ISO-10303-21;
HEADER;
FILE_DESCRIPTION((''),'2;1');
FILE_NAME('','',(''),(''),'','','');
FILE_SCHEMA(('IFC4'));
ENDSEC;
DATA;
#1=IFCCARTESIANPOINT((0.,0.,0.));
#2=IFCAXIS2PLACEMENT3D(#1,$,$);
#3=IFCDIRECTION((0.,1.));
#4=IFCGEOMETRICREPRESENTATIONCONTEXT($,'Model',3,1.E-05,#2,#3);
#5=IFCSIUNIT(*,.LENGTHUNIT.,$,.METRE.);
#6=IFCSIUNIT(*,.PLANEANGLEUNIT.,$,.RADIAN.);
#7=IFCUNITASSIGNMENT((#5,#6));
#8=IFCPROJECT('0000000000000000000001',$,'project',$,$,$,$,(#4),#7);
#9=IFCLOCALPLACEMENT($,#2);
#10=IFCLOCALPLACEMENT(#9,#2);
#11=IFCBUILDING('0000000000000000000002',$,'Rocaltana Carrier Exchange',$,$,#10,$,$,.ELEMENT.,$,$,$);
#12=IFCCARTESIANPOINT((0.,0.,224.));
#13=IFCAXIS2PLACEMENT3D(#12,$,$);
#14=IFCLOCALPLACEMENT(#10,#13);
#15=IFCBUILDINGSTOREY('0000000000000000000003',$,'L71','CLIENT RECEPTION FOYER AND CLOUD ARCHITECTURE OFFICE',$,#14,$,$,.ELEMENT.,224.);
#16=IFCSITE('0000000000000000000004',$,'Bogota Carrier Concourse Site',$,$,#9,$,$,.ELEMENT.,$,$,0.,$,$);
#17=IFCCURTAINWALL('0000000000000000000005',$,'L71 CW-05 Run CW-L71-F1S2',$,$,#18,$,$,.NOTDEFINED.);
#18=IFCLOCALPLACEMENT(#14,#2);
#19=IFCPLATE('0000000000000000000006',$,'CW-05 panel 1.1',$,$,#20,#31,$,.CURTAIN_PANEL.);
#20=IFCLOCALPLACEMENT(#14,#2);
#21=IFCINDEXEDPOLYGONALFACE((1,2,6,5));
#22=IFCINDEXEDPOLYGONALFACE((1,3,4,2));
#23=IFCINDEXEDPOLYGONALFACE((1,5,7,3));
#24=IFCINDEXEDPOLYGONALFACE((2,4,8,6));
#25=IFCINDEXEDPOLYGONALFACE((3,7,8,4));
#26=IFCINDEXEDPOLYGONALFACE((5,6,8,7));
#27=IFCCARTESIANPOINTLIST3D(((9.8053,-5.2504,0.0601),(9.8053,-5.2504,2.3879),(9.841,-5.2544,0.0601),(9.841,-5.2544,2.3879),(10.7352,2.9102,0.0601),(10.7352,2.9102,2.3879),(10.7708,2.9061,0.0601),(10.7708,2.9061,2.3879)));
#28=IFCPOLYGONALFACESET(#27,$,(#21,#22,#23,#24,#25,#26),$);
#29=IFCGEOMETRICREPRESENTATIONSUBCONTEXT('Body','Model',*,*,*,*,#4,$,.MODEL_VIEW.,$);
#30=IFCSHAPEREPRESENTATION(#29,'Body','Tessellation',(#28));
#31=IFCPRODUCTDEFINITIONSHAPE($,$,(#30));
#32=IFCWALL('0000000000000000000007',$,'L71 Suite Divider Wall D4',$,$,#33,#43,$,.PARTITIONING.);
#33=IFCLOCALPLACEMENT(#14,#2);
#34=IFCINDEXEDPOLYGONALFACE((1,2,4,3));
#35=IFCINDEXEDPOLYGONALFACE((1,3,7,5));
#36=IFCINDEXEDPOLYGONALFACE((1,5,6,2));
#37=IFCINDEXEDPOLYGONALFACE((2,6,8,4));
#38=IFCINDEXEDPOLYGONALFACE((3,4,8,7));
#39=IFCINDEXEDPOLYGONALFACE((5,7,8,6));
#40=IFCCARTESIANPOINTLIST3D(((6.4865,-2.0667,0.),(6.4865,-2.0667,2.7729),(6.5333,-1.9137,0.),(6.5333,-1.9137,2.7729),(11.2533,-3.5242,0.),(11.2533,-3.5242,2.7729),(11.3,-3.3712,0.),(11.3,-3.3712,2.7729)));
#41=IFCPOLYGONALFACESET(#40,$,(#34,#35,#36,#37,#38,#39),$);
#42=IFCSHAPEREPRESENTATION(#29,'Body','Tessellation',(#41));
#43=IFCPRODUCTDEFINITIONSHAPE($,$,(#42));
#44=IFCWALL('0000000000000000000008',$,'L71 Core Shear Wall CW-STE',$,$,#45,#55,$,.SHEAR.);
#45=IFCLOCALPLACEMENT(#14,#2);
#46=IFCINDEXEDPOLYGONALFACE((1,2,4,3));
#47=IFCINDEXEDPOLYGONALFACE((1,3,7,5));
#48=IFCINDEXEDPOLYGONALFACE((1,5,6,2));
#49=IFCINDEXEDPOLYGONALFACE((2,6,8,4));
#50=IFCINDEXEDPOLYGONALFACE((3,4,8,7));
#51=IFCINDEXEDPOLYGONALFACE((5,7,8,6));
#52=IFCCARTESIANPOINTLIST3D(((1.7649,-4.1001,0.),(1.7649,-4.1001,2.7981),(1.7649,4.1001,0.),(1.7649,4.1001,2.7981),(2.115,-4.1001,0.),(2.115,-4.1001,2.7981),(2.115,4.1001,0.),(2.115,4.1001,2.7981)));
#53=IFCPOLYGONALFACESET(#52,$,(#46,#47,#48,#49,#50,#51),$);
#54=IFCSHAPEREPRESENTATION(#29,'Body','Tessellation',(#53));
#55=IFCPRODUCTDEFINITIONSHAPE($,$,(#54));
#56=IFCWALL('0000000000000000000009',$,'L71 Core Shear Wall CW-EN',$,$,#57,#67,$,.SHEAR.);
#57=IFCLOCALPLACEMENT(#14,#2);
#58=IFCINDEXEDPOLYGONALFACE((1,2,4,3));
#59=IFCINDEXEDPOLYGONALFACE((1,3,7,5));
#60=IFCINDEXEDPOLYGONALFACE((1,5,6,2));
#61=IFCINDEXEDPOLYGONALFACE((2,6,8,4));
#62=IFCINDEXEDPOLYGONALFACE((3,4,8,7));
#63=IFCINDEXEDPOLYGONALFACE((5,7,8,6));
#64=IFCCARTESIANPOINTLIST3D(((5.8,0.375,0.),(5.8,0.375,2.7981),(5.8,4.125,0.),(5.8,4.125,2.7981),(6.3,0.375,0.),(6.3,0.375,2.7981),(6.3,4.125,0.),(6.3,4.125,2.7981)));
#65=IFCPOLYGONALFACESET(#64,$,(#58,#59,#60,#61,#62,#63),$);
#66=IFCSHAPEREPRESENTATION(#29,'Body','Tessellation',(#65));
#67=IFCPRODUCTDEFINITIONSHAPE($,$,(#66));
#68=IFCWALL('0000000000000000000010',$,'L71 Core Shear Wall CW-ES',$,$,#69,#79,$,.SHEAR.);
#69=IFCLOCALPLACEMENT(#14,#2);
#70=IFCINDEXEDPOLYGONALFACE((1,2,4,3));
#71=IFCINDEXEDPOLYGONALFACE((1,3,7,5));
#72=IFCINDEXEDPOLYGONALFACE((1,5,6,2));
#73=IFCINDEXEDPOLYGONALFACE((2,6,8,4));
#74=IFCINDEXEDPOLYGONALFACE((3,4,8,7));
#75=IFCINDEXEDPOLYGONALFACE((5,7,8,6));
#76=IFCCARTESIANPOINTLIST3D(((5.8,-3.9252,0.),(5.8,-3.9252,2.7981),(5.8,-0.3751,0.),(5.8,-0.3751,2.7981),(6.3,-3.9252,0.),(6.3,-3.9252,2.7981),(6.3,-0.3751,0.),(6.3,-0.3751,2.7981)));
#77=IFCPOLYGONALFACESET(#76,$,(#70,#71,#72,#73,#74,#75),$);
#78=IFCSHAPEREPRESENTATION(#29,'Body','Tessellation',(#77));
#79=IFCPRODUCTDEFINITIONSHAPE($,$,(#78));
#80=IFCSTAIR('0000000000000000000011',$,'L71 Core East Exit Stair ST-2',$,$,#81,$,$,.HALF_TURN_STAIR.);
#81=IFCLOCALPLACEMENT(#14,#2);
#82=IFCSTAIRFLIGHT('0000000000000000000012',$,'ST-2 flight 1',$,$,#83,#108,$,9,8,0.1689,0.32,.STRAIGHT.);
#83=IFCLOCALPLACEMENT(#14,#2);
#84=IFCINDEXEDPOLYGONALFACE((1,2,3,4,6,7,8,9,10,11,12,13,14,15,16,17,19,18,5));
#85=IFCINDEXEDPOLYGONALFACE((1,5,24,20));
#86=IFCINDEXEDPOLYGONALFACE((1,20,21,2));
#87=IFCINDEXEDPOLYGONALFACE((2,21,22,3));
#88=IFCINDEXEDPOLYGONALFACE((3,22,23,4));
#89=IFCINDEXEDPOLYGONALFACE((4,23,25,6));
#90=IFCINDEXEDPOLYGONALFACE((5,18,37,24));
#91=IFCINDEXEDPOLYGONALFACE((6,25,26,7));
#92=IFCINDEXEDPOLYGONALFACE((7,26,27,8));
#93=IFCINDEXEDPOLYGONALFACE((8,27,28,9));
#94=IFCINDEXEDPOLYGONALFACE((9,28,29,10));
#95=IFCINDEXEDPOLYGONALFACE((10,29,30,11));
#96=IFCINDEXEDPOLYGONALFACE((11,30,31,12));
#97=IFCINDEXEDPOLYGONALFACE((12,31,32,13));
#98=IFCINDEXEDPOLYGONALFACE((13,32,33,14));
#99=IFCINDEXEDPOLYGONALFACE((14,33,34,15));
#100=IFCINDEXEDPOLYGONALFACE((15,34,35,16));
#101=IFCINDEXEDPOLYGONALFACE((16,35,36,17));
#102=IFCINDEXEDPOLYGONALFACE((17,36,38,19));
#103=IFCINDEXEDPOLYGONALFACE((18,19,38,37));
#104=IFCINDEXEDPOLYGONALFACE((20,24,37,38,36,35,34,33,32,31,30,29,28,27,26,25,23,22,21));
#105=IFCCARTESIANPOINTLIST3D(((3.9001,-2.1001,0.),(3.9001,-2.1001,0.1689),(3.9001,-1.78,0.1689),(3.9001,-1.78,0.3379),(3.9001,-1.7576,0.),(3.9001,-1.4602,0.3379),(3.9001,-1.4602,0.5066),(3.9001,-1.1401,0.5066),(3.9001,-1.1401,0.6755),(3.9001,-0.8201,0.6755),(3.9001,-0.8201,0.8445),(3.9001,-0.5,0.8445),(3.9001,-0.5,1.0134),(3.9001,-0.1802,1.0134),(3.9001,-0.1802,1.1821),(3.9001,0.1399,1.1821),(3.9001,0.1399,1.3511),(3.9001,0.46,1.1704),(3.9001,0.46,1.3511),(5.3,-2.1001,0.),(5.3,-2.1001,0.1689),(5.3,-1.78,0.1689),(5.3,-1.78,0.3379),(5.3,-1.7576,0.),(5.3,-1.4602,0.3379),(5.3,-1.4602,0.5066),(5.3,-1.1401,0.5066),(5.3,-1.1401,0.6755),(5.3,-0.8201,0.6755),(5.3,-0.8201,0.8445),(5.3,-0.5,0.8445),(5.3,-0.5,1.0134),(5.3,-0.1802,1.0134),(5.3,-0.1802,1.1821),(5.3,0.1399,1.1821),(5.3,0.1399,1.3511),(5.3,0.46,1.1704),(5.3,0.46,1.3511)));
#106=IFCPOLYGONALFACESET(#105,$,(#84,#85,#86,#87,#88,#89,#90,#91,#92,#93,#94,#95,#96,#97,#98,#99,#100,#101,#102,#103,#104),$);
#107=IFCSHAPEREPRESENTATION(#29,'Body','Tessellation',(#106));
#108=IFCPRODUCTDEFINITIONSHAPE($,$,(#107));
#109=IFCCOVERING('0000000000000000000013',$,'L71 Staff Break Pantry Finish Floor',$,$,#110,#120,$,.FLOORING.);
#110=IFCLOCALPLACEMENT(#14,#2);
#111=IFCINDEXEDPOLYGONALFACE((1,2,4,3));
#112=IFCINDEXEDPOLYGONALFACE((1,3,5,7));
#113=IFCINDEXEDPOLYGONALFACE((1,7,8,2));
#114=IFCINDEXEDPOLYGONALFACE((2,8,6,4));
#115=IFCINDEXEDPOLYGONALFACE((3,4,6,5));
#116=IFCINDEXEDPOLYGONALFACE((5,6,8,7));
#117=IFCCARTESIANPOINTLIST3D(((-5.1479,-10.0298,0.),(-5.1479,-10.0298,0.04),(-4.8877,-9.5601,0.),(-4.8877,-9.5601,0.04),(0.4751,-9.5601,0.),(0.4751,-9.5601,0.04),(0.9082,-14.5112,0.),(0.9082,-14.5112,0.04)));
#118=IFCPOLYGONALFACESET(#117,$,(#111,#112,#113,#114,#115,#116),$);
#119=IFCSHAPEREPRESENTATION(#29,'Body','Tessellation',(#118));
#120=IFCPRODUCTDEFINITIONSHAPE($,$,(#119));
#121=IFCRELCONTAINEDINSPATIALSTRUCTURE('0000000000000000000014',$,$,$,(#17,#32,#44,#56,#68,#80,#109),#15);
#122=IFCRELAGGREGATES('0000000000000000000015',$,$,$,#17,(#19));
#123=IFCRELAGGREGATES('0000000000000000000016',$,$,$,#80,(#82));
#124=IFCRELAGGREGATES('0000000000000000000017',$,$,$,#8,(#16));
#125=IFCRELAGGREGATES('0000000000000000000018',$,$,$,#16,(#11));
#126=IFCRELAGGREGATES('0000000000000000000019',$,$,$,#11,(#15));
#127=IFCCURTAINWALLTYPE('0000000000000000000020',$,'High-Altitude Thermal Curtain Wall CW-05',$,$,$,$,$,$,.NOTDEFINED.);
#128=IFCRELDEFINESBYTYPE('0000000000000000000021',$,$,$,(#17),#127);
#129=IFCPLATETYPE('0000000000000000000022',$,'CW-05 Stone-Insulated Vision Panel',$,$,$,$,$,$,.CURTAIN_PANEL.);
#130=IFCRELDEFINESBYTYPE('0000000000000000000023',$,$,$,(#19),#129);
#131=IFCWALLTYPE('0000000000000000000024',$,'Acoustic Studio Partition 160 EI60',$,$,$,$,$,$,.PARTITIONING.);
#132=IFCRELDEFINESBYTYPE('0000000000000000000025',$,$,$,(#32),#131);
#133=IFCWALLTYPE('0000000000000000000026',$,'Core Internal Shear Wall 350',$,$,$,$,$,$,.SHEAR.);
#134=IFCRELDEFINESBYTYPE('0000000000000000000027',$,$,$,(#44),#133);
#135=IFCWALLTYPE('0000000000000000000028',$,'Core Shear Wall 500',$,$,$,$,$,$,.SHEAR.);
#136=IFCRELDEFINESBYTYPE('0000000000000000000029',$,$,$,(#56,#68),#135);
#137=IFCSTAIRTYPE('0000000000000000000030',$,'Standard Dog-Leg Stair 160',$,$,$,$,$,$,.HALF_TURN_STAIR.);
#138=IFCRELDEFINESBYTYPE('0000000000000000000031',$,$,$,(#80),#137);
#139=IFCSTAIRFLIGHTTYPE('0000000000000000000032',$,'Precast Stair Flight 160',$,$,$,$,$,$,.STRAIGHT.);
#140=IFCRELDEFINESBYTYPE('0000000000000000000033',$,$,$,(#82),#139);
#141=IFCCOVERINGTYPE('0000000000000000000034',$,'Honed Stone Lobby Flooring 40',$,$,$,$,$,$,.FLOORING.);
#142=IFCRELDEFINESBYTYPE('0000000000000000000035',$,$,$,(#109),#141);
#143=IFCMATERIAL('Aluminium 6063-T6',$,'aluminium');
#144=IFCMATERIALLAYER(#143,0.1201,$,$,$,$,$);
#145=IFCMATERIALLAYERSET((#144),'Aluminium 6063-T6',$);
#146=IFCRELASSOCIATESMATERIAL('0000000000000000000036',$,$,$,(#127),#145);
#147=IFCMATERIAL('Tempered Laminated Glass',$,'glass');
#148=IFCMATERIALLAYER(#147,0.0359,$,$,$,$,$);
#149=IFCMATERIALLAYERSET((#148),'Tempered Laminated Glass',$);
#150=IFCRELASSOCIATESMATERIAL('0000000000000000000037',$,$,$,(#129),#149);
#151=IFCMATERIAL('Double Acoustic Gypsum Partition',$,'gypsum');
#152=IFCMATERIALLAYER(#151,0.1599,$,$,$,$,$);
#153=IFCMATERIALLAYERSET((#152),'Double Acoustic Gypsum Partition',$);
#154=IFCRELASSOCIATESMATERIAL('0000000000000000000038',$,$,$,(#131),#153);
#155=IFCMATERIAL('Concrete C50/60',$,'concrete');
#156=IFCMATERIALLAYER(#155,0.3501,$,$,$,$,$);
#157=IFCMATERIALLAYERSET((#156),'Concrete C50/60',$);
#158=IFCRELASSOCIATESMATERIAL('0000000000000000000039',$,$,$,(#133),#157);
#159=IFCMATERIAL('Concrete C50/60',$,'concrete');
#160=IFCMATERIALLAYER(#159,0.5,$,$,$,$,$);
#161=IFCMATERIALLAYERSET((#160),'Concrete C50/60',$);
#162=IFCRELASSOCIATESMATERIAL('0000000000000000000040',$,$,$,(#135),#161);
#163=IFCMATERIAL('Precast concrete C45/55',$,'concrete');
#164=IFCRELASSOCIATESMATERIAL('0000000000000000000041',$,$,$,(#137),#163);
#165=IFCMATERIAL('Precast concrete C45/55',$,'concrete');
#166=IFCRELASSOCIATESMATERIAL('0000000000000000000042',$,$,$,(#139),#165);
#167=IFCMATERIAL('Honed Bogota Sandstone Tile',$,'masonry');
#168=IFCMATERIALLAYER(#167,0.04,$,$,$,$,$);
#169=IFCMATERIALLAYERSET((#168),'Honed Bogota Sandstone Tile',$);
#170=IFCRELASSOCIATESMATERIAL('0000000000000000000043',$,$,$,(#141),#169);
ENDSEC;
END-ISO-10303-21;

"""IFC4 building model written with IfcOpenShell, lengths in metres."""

from ifc_helpers import new_model, si_unit, direction, frame, frame_2d, origin, origin_2d, place, context, subcontext, project, spatial, polyline, rectangle, outline, extrude, material, layer, layer_set, type_object, element, aggregate, save


model = new_model("IFC4")

# Units and contexts
model_context = context("Model", 3, precision=1e-05, world=origin(), true_north=direction((0.0, 1.0)))
body_context = subcontext(model_context, "Body", "Model", "MODEL_VIEW")
ifc_project = project(units=[si_unit("LENGTHUNIT", "METRE"), si_unit("PLANEANGLEUNIT", "RADIAN")], contexts=[model_context])

# Site, building, storey
site_placement = place(None, origin())
site = spatial("IfcSite", under=ifc_project, at=site_placement, Name="Bogota Carrier Concourse Site", CompositionType="ELEMENT", RefElevation=0.0)
building_placement = place(site_placement, origin())
building = spatial("IfcBuilding", under=site, at=building_placement, Name="Rocaltana Carrier Exchange", CompositionType="ELEMENT")
storey_placement = place(building_placement, frame((0.0, 0.0, 224.0)))
storey = spatial("IfcBuildingStorey", under=building, at=storey_placement, Name="L71", Description="CLIENT RECEPTION FOYER AND CLOUD ARCHITECTURE OFFICE", CompositionType="ELEMENT", Elevation=224.0)

# Curtain wall
ifc_material_1 = material(Name="Aluminium 6063-T6", Category="aluminium")
ifc_layer_1 = layer(ifc_material_1, 0.1201)
ifc_layer_set_1 = layer_set([ifc_layer_1], Name="Aluminium 6063-T6")
curtain_wall_type = type_object("IfcCurtainWallType", Name="High-Altitude Thermal Curtain Wall CW-05", PredefinedType="NOTDEFINED", material=ifc_layer_set_1)
curtain_wall_placement = place(storey_placement, origin())
curtain_wall = element("IfcCurtainWall", 1, at=curtain_wall_placement, inside=storey, type_object=curtain_wall_type, Name="L71 CW-05 Run CW-L71-F1S2", PredefinedType="NOTDEFINED")

# Plate
ifc_material_2 = material(Name="Tempered Laminated Glass", Category="glass")
ifc_layer_2 = layer(ifc_material_2, 0.0359)
ifc_layer_set_2 = layer_set([ifc_layer_2], Name="Tempered Laminated Glass")
plate_type = type_object("IfcPlateType", Name="CW-05 Stone-Insulated Vision Panel", PredefinedType="CURTAIN_PANEL", material=ifc_layer_set_2)
plate_placement = place(storey_placement, frame((10.2881, -1.1721, 0.0601), z_axis=(0.0, 0.0, 1.0), x_axis=(0.113209, 0.993571, 0.0)))
plate = element("IfcPlate", 2, at=plate_placement, type_object=plate_type, Name="CW-05 panel 1.1", PredefinedType="CURTAIN_PANEL", context=body_context, shape_type="SweptSolid", body=[
    extrude(rectangle(XDim=8.2134, YDim=0.0359, at=origin_2d()), origin(), (0.0, 0.0, 1.0), 2.3279),
])
aggregate(curtain_wall, [plate])

# Walls
ifc_material_3 = material(Name="Double Acoustic Gypsum Partition", Category="gypsum")
ifc_layer_3 = layer(ifc_material_3, 0.1599)
ifc_layer_set_3 = layer_set([ifc_layer_3], Name="Double Acoustic Gypsum Partition")
wall_type_1 = type_object("IfcWallType", Name="Acoustic Studio Partition 160 EI60", PredefinedType="PARTITIONING", material=ifc_layer_set_3)
wall_1_placement = place(storey_placement, frame((6.51, -1.9902, 0.0), z_axis=(0.0, 0.0, 1.0), x_axis=(0.956296, -0.292399, 0.0)))
element("IfcWall", 3, at=wall_1_placement, inside=storey, type_object=wall_type_1, Name="L71 Suite Divider Wall D4", PredefinedType="PARTITIONING", context=body_context, shape_type="SweptSolid", body=[
    extrude(rectangle(XDim=4.9846, YDim=0.1599, at=frame_2d((2.4922, 0.0))), origin(), (0.0, 0.0, 1.0), 2.7729),
])
ifc_material_4 = material(Name="Concrete C50/60", Category="concrete")
ifc_layer_4 = layer(ifc_material_4, 0.3501)
ifc_layer_set_4 = layer_set([ifc_layer_4], Name="Concrete C50/60")
wall_type_2 = type_object("IfcWallType", Name="Core Internal Shear Wall 350", PredefinedType="SHEAR", material=ifc_layer_set_4)
wall_2_placement = place(storey_placement, frame((1.9399, -4.1001, 0.0), z_axis=(0.0, 0.0, 1.0), x_axis=(0.0, 1.0, 0.0)))
element("IfcWall", 4, at=wall_2_placement, inside=storey, type_object=wall_type_2, Name="L71 Core Shear Wall CW-STE", PredefinedType="SHEAR", context=body_context, shape_type="SweptSolid", body=[
    extrude(rectangle(XDim=8.2002, YDim=0.3501, at=frame_2d((4.1001, 0.0))), origin(), (0.0, 0.0, 1.0), 2.7981),
])
ifc_material_5 = material(Name="Concrete C50/60", Category="concrete")
ifc_layer_5 = layer(ifc_material_5, 0.5)
ifc_layer_set_5 = layer_set([ifc_layer_5], Name="Concrete C50/60")
wall_type_3 = type_object("IfcWallType", Name="Core Shear Wall 500", PredefinedType="SHEAR", material=ifc_layer_set_5)
wall_3_placement = place(storey_placement, frame((6.05, 0.375, 0.0), z_axis=(0.0, 0.0, 1.0), x_axis=(0.0, 1.0, 0.0)))
element("IfcWall", 5, at=wall_3_placement, inside=storey, type_object=wall_type_3, Name="L71 Core Shear Wall CW-EN", PredefinedType="SHEAR", context=body_context, shape_type="SweptSolid", body=[
    extrude(rectangle(XDim=3.75, YDim=0.5, at=frame_2d((1.875, 0.0))), origin(), (0.0, 0.0, 1.0), 2.7981),
])
wall_4_placement = place(storey_placement, frame((6.05, -3.925, 0.0), z_axis=(0.0, 0.0, 1.0), x_axis=(0.0, 1.0, 0.0)))
element("IfcWall", 6, at=wall_4_placement, inside=storey, type_object=wall_type_3, Name="L71 Core Shear Wall CW-ES", PredefinedType="SHEAR", context=body_context, shape_type="SweptSolid", body=[
    extrude(rectangle(XDim=3.55, YDim=0.5, at=frame_2d((1.7749, 0.0))), origin(), (0.0, 0.0, 1.0), 2.7981),
])

# Stair, stair flight
ifc_material_6 = material(Name="Precast concrete C45/55", Category="concrete")
stair_type = type_object("IfcStairType", Name="Standard Dog-Leg Stair 160", PredefinedType="HALF_TURN_STAIR", material=ifc_material_6)
stair_placement = place(storey_placement, origin())
stair = element("IfcStair", 7, at=stair_placement, inside=storey, type_object=stair_type, Name="L71 Core East Exit Stair ST-2", PredefinedType="HALF_TURN_STAIR")
ifc_material_7 = material(Name="Precast concrete C45/55", Category="concrete")
stair_flight_type = type_object("IfcStairFlightType", Name="Precast Stair Flight 160", PredefinedType="STRAIGHT", material=ifc_material_7)
stair_flight_placement = place(storey_placement, frame((4.6001, -2.1001, 0.0), z_axis=(0.0, 0.0, 1.0), x_axis=(0.0, 1.0, 0.0)))
stair_flight = element("IfcStairFlight", 8, at=stair_flight_placement, type_object=stair_flight_type, Name="ST-2 flight 1", NumberOfRisers=9, NumberOfTreads=8, PredefinedType="STRAIGHT", RiserHeight=0.1689, TreadLength=0.32, context=body_context, shape_type="SweptSolid", body=[
    extrude(outline(polyline([(0.0, 0.0), (0.0, 0.1689), (0.3201, 0.1689), (0.3201, 0.3379), (0.6399, 0.3379), (0.6399, 0.5066), (0.96, 0.5066), (0.96, 0.6755), (1.28, 0.6755), (1.28, 0.8445), (1.6001, 0.8445), (1.6001, 1.0134), (1.9199, 1.0134), (1.9199, 1.1821), (2.24, 1.1821), (2.24, 1.3511), (2.5601, 1.3511), (2.5601, 1.52), (2.5601, 1.1704), (0.3425, 0.0), (0.0, 0.0)])), frame((0.0, 0.7, 0.0), z_axis=(0.0, -1.0, 0.0), x_axis=(1.0, 0.0, 0.0)), (0.0, 0.0, 1.0), 1.3999),
])
aggregate(stair, [stair_flight])

# Covering
ifc_material_8 = material(Name="Honed Bogota Sandstone Tile", Category="masonry")
ifc_layer_6 = layer(ifc_material_8, 0.04)
ifc_layer_set_6 = layer_set([ifc_layer_6], Name="Honed Bogota Sandstone Tile")
covering_type_1 = type_object("IfcCoveringType", Name="Honed Stone Lobby Flooring 40", PredefinedType="FLOORING", material=ifc_layer_set_6)
covering_1_placement = place(storey_placement, origin())
element("IfcCovering", 9, at=covering_1_placement, inside=storey, type_object=covering_type_1, Name="L71 Staff Break Pantry Finish Floor", PredefinedType="FLOORING", context=body_context, shape_type="SweptSolid", body=[
    extrude(outline(polyline([(0.4751, -9.5601), (0.9082, -14.5112), (-5.1479, -10.0298), (-4.8877, -9.5601), (0.4751, -9.5601)])), origin(), (0.0, 0.0, 1.0), 0.04),
])

save(model, "model.ifc")
